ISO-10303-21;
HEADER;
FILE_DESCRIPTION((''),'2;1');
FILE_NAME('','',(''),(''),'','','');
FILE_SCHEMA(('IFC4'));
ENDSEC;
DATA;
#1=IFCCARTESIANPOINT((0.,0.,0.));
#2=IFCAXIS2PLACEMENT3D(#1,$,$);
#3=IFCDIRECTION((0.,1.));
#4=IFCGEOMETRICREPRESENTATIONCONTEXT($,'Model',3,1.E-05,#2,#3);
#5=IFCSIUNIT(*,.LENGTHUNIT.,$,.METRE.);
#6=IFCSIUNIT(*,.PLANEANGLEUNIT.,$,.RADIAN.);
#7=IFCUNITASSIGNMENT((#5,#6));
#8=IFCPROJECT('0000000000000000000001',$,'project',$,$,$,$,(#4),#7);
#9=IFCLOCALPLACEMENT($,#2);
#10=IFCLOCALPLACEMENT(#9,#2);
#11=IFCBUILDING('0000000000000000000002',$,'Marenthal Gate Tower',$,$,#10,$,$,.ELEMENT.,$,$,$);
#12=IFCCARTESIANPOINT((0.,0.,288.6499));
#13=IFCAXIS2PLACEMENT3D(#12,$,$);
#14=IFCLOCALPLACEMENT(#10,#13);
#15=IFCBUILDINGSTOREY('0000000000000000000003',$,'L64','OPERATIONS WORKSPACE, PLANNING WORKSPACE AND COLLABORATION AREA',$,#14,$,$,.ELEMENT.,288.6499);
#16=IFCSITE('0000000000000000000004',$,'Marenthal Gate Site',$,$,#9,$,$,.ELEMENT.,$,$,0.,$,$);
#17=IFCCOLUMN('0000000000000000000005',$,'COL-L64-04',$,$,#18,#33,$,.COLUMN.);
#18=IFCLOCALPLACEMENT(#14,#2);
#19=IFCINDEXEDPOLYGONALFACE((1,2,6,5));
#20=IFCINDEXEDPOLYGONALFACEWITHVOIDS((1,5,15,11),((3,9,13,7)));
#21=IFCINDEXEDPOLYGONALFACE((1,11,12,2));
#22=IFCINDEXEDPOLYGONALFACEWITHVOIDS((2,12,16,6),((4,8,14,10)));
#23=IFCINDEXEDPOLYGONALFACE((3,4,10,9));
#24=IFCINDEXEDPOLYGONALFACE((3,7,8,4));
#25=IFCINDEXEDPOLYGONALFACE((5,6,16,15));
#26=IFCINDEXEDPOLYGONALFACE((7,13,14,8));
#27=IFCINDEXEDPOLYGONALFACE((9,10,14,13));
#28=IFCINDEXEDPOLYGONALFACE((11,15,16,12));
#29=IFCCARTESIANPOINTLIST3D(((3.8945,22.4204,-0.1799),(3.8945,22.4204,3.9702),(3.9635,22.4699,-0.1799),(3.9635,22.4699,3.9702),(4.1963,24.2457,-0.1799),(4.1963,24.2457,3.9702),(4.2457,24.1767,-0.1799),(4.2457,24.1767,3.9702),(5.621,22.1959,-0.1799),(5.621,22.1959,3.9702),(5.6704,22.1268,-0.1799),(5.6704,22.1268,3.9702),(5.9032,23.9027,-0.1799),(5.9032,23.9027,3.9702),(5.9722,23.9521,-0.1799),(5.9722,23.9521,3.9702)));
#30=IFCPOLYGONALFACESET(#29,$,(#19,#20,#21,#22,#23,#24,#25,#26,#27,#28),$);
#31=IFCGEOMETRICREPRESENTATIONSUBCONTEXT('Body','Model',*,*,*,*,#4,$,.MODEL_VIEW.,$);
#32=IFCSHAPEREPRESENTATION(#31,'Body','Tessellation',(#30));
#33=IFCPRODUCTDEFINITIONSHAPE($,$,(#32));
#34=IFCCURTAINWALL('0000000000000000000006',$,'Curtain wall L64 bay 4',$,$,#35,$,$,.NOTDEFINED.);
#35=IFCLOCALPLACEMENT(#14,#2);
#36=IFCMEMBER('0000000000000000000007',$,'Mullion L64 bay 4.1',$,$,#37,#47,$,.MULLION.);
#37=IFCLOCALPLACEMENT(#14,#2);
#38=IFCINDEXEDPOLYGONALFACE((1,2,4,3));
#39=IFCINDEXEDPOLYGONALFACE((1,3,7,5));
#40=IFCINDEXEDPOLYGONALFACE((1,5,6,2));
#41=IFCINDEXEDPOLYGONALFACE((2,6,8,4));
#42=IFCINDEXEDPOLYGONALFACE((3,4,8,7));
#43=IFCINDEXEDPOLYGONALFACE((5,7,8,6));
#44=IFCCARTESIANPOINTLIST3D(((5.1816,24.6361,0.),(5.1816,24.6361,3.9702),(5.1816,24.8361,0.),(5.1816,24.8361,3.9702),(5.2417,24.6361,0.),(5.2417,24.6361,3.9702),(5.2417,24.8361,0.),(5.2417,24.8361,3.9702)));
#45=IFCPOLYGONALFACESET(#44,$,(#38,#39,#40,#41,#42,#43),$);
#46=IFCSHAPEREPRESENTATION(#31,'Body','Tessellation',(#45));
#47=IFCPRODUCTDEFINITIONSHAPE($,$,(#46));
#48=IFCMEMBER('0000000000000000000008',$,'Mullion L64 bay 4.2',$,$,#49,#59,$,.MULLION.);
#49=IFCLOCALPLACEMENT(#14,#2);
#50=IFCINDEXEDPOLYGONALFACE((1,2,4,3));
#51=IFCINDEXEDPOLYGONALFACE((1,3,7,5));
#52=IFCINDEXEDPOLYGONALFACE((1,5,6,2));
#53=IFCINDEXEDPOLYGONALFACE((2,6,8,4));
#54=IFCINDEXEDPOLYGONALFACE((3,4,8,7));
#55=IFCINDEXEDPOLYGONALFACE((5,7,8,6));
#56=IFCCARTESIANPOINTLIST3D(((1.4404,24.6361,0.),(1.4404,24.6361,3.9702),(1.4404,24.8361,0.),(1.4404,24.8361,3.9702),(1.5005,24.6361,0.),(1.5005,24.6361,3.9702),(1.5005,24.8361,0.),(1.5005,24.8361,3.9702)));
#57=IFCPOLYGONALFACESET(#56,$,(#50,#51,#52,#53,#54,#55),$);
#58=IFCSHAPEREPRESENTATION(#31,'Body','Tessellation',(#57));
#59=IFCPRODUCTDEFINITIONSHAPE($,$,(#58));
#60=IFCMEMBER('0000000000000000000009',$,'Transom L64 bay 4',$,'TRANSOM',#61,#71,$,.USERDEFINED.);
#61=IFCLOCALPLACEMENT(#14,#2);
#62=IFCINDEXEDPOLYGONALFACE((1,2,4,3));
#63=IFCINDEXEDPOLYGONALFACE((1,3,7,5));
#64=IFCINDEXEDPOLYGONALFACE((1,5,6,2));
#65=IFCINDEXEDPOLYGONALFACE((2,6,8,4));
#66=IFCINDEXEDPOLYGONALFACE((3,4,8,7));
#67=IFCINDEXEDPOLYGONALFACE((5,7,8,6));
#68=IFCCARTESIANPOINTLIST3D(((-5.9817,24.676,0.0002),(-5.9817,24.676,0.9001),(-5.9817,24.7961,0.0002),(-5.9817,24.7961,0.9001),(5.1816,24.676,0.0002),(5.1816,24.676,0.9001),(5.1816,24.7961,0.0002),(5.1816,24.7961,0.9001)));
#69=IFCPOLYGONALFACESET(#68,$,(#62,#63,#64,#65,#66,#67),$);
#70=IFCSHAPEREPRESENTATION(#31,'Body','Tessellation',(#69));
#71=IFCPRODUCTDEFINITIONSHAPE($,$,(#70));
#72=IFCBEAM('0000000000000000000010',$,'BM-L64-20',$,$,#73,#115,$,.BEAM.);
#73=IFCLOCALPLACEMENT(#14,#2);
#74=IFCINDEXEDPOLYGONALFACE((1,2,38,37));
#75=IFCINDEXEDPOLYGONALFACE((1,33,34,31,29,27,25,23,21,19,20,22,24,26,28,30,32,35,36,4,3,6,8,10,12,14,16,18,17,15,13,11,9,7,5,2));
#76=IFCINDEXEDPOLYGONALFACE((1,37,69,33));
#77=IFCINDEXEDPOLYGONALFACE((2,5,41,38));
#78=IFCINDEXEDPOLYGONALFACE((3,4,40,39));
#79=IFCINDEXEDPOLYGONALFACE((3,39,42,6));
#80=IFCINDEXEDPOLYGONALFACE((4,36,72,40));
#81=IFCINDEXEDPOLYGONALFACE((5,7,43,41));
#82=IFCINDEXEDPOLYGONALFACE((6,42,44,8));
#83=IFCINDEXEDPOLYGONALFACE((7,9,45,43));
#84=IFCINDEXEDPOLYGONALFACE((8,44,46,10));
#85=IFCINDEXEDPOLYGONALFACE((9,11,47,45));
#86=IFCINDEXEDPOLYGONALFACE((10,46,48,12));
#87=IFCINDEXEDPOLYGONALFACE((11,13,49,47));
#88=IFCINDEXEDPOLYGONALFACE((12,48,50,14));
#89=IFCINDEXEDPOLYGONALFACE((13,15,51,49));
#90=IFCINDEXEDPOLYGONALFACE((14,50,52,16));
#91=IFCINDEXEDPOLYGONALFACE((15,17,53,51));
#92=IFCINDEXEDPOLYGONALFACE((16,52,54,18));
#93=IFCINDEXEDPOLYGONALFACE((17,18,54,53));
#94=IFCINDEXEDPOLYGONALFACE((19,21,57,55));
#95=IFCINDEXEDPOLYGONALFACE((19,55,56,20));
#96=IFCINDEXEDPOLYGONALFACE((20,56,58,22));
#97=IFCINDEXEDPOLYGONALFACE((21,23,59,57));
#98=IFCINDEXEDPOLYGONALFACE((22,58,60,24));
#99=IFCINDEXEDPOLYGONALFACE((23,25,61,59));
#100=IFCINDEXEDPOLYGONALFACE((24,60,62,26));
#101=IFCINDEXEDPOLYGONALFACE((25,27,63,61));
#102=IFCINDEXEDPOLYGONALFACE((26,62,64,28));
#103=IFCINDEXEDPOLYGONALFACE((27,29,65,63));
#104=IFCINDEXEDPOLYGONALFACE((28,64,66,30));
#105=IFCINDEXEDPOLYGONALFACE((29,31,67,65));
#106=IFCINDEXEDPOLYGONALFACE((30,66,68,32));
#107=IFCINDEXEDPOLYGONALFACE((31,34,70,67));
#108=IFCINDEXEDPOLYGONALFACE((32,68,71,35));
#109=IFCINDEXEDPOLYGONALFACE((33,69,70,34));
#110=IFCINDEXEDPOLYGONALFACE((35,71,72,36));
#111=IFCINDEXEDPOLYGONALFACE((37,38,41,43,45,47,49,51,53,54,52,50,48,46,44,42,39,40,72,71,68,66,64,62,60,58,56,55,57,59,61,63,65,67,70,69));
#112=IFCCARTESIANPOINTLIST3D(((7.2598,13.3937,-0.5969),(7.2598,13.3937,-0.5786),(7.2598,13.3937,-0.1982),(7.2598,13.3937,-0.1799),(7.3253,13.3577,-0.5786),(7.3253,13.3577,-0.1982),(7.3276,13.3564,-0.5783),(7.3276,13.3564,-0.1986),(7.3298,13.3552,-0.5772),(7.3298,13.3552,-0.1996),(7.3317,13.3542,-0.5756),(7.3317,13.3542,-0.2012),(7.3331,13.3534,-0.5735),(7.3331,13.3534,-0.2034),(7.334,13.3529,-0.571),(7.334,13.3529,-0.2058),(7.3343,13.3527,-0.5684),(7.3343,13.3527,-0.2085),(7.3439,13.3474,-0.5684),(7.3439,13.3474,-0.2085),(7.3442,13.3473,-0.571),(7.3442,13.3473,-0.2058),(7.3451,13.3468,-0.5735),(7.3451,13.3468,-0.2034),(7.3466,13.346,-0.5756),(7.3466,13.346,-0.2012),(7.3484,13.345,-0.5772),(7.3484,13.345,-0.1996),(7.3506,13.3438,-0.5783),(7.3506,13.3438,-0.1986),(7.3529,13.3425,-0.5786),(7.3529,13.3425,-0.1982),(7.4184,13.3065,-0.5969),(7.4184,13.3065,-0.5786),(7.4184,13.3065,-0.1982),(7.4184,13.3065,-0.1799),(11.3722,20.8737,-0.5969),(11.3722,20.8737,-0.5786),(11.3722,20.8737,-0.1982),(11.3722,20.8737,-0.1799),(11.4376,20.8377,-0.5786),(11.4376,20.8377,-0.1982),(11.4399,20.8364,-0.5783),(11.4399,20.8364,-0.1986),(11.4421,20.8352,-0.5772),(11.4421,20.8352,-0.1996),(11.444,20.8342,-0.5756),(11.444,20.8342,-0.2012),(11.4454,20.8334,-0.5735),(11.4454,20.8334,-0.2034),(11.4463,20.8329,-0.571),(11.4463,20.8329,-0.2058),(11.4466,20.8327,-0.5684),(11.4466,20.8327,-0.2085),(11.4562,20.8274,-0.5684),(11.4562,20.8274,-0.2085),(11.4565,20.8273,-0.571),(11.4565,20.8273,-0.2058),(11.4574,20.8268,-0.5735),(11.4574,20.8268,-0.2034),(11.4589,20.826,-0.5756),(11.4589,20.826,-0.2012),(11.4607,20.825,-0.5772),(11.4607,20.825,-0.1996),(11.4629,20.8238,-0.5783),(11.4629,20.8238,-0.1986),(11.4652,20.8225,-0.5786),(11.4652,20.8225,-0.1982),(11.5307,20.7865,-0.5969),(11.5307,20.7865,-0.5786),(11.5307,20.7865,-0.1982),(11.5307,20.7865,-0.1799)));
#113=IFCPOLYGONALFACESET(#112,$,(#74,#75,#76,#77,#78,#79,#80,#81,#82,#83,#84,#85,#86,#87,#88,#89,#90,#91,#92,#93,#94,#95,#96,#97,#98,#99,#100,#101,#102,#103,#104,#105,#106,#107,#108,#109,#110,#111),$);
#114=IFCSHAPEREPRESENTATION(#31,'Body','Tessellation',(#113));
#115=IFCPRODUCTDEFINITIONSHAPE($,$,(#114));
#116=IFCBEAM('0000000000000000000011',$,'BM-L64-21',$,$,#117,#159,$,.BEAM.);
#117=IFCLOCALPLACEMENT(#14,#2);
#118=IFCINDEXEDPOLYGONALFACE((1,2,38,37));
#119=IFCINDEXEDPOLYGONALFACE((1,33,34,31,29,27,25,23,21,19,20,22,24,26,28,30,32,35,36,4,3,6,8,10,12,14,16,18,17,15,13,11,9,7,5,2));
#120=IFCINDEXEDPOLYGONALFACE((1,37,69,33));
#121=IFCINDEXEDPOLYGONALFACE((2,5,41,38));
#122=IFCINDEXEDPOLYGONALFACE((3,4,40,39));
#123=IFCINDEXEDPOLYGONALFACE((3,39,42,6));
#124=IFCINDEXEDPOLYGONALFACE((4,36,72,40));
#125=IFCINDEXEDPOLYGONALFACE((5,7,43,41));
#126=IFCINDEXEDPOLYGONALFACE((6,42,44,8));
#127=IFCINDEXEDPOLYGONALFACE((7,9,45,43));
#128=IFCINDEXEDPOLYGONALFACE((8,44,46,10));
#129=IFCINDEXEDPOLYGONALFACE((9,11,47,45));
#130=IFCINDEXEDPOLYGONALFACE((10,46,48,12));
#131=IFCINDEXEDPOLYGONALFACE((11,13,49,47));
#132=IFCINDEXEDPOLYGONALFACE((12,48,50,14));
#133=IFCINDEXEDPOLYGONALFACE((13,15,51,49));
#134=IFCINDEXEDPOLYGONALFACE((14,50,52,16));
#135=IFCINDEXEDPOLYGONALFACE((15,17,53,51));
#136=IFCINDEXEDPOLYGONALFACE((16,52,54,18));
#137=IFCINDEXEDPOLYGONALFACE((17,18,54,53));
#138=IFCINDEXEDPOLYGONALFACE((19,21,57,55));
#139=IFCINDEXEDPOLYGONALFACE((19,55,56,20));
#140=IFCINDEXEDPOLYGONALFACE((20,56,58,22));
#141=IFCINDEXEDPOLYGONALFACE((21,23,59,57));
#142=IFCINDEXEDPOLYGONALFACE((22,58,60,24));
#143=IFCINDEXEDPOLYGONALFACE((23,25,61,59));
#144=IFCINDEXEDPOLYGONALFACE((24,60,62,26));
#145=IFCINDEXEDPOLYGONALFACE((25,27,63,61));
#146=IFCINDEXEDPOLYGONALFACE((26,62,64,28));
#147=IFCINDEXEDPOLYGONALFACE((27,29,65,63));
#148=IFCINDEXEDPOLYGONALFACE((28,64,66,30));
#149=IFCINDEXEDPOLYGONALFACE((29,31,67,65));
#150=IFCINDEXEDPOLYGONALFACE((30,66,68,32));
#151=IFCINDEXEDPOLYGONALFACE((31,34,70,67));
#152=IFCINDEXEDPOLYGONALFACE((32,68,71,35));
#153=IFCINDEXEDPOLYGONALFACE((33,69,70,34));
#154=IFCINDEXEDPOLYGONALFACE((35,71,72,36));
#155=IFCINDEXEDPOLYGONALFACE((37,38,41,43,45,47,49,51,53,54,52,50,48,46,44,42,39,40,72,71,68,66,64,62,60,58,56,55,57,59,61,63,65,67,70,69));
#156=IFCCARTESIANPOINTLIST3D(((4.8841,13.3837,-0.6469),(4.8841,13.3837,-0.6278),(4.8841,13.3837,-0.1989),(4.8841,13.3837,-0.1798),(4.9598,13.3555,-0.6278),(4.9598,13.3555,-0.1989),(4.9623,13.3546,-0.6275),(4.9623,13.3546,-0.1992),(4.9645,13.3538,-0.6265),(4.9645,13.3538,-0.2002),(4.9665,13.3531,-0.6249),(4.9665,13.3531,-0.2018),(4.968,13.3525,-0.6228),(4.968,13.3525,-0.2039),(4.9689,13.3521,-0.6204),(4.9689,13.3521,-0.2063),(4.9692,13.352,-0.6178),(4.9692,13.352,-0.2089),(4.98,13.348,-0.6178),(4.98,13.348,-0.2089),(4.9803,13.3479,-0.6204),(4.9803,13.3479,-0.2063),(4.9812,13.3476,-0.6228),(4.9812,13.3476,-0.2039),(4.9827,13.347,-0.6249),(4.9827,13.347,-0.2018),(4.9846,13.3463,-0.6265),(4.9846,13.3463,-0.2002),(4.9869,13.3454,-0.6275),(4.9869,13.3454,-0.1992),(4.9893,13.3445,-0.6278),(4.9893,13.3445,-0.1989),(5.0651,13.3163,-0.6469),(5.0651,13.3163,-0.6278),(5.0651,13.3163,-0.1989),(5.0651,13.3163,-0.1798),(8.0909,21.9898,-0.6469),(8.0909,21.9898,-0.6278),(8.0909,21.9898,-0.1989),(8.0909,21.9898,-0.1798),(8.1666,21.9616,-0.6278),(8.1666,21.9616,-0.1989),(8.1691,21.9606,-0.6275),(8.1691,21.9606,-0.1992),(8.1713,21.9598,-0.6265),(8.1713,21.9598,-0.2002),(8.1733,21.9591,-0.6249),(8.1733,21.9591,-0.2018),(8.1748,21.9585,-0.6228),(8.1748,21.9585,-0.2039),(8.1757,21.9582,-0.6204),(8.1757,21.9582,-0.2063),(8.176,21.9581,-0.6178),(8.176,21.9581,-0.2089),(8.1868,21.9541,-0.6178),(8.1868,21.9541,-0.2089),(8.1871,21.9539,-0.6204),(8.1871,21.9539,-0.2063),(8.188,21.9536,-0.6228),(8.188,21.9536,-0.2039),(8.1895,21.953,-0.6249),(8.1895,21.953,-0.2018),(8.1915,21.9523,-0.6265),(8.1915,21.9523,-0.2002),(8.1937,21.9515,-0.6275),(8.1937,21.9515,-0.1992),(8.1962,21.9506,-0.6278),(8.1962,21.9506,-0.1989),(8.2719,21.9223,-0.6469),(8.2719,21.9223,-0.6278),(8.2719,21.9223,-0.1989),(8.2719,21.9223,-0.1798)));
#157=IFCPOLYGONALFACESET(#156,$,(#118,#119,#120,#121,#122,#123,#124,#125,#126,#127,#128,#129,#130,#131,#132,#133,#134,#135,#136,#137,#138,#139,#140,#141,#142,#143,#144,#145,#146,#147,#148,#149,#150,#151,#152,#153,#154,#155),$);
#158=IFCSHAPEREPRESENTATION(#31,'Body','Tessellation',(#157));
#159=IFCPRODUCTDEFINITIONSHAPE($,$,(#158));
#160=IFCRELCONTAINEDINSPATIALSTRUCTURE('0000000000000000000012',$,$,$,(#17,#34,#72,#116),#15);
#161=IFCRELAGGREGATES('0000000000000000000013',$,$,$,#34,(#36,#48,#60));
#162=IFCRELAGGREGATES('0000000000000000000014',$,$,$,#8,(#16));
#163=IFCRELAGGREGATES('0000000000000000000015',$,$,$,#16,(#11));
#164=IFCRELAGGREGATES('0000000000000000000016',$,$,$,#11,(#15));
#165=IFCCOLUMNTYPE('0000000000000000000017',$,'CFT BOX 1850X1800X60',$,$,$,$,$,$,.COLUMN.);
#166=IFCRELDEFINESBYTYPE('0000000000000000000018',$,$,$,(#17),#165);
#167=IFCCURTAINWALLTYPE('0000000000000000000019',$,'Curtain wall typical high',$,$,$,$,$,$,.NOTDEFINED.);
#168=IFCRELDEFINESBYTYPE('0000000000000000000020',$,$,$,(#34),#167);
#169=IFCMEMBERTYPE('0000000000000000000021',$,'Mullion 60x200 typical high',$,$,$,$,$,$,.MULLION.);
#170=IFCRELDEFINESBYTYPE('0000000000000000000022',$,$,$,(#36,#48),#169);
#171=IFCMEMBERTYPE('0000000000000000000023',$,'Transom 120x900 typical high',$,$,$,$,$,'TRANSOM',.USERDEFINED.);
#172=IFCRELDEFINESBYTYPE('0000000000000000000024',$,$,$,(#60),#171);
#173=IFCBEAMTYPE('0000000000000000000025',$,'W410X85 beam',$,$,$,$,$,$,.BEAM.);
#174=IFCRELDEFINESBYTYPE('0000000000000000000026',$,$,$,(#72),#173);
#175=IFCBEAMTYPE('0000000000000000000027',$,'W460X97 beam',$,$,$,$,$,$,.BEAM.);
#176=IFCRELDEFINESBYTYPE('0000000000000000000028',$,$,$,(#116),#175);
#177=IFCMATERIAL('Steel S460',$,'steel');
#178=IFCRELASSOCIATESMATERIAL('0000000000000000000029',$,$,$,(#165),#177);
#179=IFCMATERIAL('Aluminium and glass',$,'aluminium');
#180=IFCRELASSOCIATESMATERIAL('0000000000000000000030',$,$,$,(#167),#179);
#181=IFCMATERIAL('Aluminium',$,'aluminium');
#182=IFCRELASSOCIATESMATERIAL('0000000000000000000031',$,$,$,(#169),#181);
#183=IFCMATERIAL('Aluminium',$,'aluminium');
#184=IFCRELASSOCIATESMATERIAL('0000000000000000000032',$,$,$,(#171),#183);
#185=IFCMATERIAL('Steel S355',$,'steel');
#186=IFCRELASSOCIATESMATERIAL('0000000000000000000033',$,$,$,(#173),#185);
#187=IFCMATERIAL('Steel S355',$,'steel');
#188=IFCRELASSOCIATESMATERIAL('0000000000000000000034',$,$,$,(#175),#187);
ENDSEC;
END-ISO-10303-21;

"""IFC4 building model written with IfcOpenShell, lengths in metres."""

from ifc_helpers import new_model, si_unit, direction, frame, origin, origin_2d, place, context, subcontext, project, spatial, rectangle, hollow_rectangle, i_section, extrude, material, material_profile, profile_set, type_object, element, aggregate, save


model = new_model("IFC4")

# Units and contexts
model_context = context("Model", 3, precision=1e-05, world=origin(), true_north=direction((0.0, 1.0)))
body_context = subcontext(model_context, "Body", "Model", "MODEL_VIEW")
ifc_project = project(units=[si_unit("LENGTHUNIT", "METRE"), si_unit("PLANEANGLEUNIT", "RADIAN")], contexts=[model_context])

# Site, building, storey
site_placement = place(None, origin())
site = spatial("IfcSite", under=ifc_project, at=site_placement, Name="Marenthal Gate Site", CompositionType="ELEMENT", RefElevation=0.0)
building_placement = place(site_placement, origin())
building = spatial("IfcBuilding", under=site, at=building_placement, Name="Marenthal Gate Tower", CompositionType="ELEMENT")
storey_placement = place(building_placement, frame((0.0, 0.0, 288.6499)))
storey = spatial("IfcBuildingStorey", under=building, at=storey_placement, Name="L64", Description="OPERATIONS WORKSPACE, PLANNING WORKSPACE AND COLLABORATION AREA", CompositionType="ELEMENT", Elevation=288.6499)

# Column
ifc_material_1 = material(Name="Steel S460", Category="steel")
ifc_material_profile_1 = material_profile(ifc_material_1, hollow_rectangle(XDim=1.8, YDim=1.8501, WallThickness=0.0601, at=origin_2d()), Name="CFT BOX 1850X1800X60")
ifc_material_2 = material(Name="Concrete 70 MPa", Category="concrete")
ifc_material_profile_2 = material_profile(ifc_material_2, rectangle(XDim=1.6799, YDim=1.73, at=origin_2d()), Name="CFT BOX 1850X1800X60 INFILL")
ifc_profile_set_1 = profile_set([ifc_material_profile_1, ifc_material_profile_2], Name="Steel S460 shell, Concrete 70 MPa infill")
column_type = type_object("IfcColumnType", Name="CFT BOX 1850X1800X60", PredefinedType="COLUMN", material=ifc_profile_set_1)
column_placement = place(storey_placement, frame((4.9333, 23.1863, -0.1799), z_axis=(0.0, 0.0, 1.0), x_axis=(0.986606, -0.163119, 0.0)))
element("IfcColumn", 1, at=column_placement, inside=storey, type_object=column_type, Name="COL-L64-04", PredefinedType="COLUMN", context=body_context, shape_type="SweptSolid", body=[
    extrude(hollow_rectangle(XDim=1.8, YDim=1.8501, WallThickness=0.0601, at=origin_2d()), origin(), (0.0, 0.0, 1.0), 4.1501),
])

# Curtain wall, members
ifc_material_3 = material(Name="Aluminium and glass", Category="aluminium")
curtain_wall_type = type_object("IfcCurtainWallType", Name="Curtain wall typical high", PredefinedType="NOTDEFINED", material=ifc_material_3)
curtain_wall_placement = place(storey_placement, origin())
curtain_wall = element("IfcCurtainWall", 2, at=curtain_wall_placement, inside=storey, type_object=curtain_wall_type, Name="Curtain wall L64 bay 4", PredefinedType="NOTDEFINED")
ifc_material_4 = material(Name="Aluminium", Category="aluminium")
ifc_material_profile_3 = material_profile(ifc_material_4, rectangle(XDim=0.2, YDim=0.0601, at=origin_2d()), Name="60x200 aluminium mullion")
ifc_profile_set_2 = profile_set([ifc_material_profile_3], Name="Aluminium")
member_type_1 = type_object("IfcMemberType", Name="Mullion 60x200 typical high", PredefinedType="MULLION", material=ifc_profile_set_2)
member_1_placement = place(storey_placement, frame((5.2117, 24.7361, 0.0), z_axis=(0.0, 0.0, 1.0), x_axis=(0.0, -1.0, 0.0)))
member_1 = element("IfcMember", 3, at=member_1_placement, type_object=member_type_1, Name="Mullion L64 bay 4.1", PredefinedType="MULLION", context=body_context, shape_type="SweptSolid", body=[
    extrude(rectangle(XDim=0.2, YDim=0.0601, at=origin_2d()), origin(), (0.0, 0.0, 1.0), 3.9702),
])
member_2_placement = place(storey_placement, frame((1.4705, 24.7361, 0.0), z_axis=(0.0, 0.0, 1.0), x_axis=(0.0, -1.0, 0.0)))
member_2 = element("IfcMember", 4, at=member_2_placement, type_object=member_type_1, Name="Mullion L64 bay 4.2", PredefinedType="MULLION", context=body_context, shape_type="SweptSolid", body=[
    extrude(rectangle(XDim=0.2, YDim=0.0601, at=origin_2d()), origin(), (0.0, 0.0, 1.0), 3.9702),
])
ifc_material_5 = material(Name="Aluminium", Category="aluminium")
ifc_material_profile_4 = material_profile(ifc_material_5, rectangle(XDim=0.1201, YDim=0.8999, at=origin_2d()), Name="120x900 aluminium transom")
ifc_profile_set_3 = profile_set([ifc_material_profile_4], Name="Aluminium")
member_type_2 = type_object("IfcMemberType", Name="Transom 120x900 typical high", ElementType="TRANSOM", PredefinedType="USERDEFINED", material=ifc_profile_set_3)
member_3_placement = place(storey_placement, frame((5.1816, 24.7361, 0.4502), z_axis=(-1.0, 0.0, 0.0), x_axis=(0.0, -1.0, 0.0)))
member_3 = element("IfcMember", 5, at=member_3_placement, type_object=member_type_2, Name="Transom L64 bay 4", ObjectType="TRANSOM", PredefinedType="USERDEFINED", context=body_context, shape_type="SweptSolid", body=[
    extrude(rectangle(XDim=0.1201, YDim=0.8999, at=origin_2d()), origin(), (0.0, 0.0, 1.0), 11.1633),
])

# Beams
ifc_material_6 = material(Name="Steel S355", Category="steel")
ifc_material_profile_5 = material_profile(ifc_material_6, i_section(OverallWidth=0.1809, OverallDepth=0.417, WebThickness=0.011, FlangeThickness=0.0183, FilletRadius=0.0103, at=origin_2d()), Name="W410X85")
ifc_profile_set_4 = profile_set([ifc_material_profile_5], Name="Steel S355")
beam_type_1 = type_object("IfcBeamType", Name="W410X85 beam", PredefinedType="BEAM", material=ifc_profile_set_4)
beam_1_placement = place(storey_placement, frame((11.4514, 20.8301, -0.3884), z_axis=(-0.481767, -0.876299, 0.0), x_axis=(0.876299, -0.481767, 0.0)))
element("IfcBeam", 6, at=beam_1_placement, inside=storey, type_object=beam_type_1, Name="BM-L64-20", PredefinedType="BEAM", context=body_context, shape_type="SweptSolid", body=[
    extrude(i_section(OverallWidth=0.1809, OverallDepth=0.417, WebThickness=0.011, FlangeThickness=0.0183, FilletRadius=0.0103, at=origin_2d()), origin(), (0.0, 0.0, 1.0), 8.5359),
])
ifc_material_7 = material(Name="Steel S355", Category="steel")
ifc_material_profile_6 = material_profile(ifc_material_7, i_section(OverallWidth=0.1931, OverallDepth=0.467, WebThickness=0.0115, FlangeThickness=0.019, FilletRadius=0.01, at=origin_2d()), Name="W460X97")
ifc_profile_set_5 = profile_set([ifc_material_profile_6], Name="Steel S355")
beam_type_2 = type_object("IfcBeamType", Name="W460X97 beam", PredefinedType="BEAM", material=ifc_profile_set_5)
beam_2_placement = place(storey_placement, frame((8.1814, 21.9561, -0.4133), z_axis=(-0.349171, -0.937059, 0.0), x_axis=(0.937059, -0.349171, 0.0)))
element("IfcBeam", 7, at=beam_2_placement, inside=storey, type_object=beam_type_2, Name="BM-L64-21", PredefinedType="BEAM", context=body_context, shape_type="SweptSolid", body=[
    extrude(i_section(OverallWidth=0.1931, OverallDepth=0.467, WebThickness=0.0115, FlangeThickness=0.019, FilletRadius=0.01, at=origin_2d()), origin(), (0.0, 0.0, 1.0), 9.1841),
])

aggregate(curtain_wall, [member_1, member_2, member_3])

save(model, "model.ifc")
